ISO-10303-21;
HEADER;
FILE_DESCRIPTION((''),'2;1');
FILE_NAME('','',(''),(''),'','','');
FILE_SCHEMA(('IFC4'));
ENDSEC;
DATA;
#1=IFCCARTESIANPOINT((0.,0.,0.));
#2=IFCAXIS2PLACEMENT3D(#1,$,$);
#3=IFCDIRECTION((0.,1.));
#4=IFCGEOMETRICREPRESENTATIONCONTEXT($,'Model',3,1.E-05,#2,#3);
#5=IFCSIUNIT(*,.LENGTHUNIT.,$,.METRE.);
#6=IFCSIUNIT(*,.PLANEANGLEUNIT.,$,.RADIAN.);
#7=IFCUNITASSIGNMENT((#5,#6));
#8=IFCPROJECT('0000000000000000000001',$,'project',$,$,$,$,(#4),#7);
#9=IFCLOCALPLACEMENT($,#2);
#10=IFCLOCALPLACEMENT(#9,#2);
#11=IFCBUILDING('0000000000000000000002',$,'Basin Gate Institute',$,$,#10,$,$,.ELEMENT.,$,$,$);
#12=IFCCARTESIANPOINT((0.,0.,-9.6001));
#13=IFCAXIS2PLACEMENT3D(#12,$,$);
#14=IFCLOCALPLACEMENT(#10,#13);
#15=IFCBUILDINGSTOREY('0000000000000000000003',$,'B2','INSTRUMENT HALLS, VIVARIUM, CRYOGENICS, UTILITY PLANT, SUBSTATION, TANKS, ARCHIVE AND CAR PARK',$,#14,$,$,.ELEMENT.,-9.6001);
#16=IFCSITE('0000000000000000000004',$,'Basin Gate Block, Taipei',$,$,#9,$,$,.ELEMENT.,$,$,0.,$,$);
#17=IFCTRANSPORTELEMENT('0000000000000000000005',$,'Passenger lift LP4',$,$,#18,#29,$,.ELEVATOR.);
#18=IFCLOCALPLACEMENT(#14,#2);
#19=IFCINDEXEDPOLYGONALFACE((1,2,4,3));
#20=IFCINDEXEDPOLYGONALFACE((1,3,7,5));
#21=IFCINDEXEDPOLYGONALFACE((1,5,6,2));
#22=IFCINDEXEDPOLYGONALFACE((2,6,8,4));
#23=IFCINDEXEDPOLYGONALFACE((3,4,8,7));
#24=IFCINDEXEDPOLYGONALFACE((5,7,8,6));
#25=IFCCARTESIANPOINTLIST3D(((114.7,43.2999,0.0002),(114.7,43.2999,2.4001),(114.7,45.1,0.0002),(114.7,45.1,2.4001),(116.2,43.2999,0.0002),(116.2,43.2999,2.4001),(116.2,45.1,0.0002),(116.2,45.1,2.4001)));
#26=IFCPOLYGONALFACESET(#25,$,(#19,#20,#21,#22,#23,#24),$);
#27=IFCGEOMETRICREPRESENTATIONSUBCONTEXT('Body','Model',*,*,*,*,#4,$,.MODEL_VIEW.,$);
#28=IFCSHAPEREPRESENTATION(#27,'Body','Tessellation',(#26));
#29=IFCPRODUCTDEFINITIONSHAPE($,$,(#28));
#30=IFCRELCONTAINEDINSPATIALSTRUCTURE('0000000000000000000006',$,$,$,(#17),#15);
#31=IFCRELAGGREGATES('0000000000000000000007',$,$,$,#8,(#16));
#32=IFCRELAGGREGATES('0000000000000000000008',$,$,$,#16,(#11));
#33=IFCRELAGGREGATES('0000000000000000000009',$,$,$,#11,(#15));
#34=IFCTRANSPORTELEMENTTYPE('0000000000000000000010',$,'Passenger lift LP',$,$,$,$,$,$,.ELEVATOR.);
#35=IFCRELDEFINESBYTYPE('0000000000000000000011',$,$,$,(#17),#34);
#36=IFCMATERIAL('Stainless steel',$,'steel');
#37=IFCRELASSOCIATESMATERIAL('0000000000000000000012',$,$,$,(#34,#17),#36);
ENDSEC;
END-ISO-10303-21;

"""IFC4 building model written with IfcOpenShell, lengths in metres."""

from ifc_helpers import new_model, si_unit, direction, frame, origin, origin_2d, place, context, subcontext, project, spatial, rectangle, extrude, material, type_object, element, save


model = new_model("IFC4")

# Units and contexts
model_context = context("Model", 3, precision=1e-05, world=origin(), true_north=direction((0.0, 1.0)))
body_context = subcontext(model_context, "Body", "Model", "MODEL_VIEW")
ifc_project = project(units=[si_unit("LENGTHUNIT", "METRE"), si_unit("PLANEANGLEUNIT", "RADIAN")], contexts=[model_context])

# Site, building, storey
site_placement = place(None, origin())
site = spatial("IfcSite", under=ifc_project, at=site_placement, Name="Basin Gate Block, Taipei", CompositionType="ELEMENT", RefElevation=0.0)
building_placement = place(site_placement, origin())
building = spatial("IfcBuilding", under=site, at=building_placement, Name="Basin Gate Institute", CompositionType="ELEMENT")
storey_placement = place(building_placement, frame((0.0, 0.0, -9.6001)))
storey = spatial("IfcBuildingStorey", under=building, at=storey_placement, Name="B2", Description="INSTRUMENT HALLS, VIVARIUM, CRYOGENICS, UTILITY PLANT, SUBSTATION, TANKS, ARCHIVE AND CAR PARK", CompositionType="ELEMENT", Elevation=-9.6001)

# Transport element
ifc_material_1 = material(Name="Stainless steel", Category="steel")
transport_element_type = type_object("IfcTransportElementType", Name="Passenger lift LP", PredefinedType="ELEVATOR", material=ifc_material_1)
transport_element_placement = place(storey_placement, frame((115.45, 44.2, 0.0002), z_axis=(0.0, 0.0, 1.0), x_axis=(1.0, 0.0, 0.0)))
element("IfcTransportElement", 1, at=transport_element_placement, inside=storey, type_object=transport_element_type, material=ifc_material_1, Name="Passenger lift LP4", PredefinedType="ELEVATOR", context=body_context, shape_type="SweptSolid", body=[
    extrude(rectangle(XDim=1.5, YDim=1.8, at=origin_2d()), origin(), (0.0, 0.0, 1.0), 2.3999),
])

save(model, "model.ifc")
